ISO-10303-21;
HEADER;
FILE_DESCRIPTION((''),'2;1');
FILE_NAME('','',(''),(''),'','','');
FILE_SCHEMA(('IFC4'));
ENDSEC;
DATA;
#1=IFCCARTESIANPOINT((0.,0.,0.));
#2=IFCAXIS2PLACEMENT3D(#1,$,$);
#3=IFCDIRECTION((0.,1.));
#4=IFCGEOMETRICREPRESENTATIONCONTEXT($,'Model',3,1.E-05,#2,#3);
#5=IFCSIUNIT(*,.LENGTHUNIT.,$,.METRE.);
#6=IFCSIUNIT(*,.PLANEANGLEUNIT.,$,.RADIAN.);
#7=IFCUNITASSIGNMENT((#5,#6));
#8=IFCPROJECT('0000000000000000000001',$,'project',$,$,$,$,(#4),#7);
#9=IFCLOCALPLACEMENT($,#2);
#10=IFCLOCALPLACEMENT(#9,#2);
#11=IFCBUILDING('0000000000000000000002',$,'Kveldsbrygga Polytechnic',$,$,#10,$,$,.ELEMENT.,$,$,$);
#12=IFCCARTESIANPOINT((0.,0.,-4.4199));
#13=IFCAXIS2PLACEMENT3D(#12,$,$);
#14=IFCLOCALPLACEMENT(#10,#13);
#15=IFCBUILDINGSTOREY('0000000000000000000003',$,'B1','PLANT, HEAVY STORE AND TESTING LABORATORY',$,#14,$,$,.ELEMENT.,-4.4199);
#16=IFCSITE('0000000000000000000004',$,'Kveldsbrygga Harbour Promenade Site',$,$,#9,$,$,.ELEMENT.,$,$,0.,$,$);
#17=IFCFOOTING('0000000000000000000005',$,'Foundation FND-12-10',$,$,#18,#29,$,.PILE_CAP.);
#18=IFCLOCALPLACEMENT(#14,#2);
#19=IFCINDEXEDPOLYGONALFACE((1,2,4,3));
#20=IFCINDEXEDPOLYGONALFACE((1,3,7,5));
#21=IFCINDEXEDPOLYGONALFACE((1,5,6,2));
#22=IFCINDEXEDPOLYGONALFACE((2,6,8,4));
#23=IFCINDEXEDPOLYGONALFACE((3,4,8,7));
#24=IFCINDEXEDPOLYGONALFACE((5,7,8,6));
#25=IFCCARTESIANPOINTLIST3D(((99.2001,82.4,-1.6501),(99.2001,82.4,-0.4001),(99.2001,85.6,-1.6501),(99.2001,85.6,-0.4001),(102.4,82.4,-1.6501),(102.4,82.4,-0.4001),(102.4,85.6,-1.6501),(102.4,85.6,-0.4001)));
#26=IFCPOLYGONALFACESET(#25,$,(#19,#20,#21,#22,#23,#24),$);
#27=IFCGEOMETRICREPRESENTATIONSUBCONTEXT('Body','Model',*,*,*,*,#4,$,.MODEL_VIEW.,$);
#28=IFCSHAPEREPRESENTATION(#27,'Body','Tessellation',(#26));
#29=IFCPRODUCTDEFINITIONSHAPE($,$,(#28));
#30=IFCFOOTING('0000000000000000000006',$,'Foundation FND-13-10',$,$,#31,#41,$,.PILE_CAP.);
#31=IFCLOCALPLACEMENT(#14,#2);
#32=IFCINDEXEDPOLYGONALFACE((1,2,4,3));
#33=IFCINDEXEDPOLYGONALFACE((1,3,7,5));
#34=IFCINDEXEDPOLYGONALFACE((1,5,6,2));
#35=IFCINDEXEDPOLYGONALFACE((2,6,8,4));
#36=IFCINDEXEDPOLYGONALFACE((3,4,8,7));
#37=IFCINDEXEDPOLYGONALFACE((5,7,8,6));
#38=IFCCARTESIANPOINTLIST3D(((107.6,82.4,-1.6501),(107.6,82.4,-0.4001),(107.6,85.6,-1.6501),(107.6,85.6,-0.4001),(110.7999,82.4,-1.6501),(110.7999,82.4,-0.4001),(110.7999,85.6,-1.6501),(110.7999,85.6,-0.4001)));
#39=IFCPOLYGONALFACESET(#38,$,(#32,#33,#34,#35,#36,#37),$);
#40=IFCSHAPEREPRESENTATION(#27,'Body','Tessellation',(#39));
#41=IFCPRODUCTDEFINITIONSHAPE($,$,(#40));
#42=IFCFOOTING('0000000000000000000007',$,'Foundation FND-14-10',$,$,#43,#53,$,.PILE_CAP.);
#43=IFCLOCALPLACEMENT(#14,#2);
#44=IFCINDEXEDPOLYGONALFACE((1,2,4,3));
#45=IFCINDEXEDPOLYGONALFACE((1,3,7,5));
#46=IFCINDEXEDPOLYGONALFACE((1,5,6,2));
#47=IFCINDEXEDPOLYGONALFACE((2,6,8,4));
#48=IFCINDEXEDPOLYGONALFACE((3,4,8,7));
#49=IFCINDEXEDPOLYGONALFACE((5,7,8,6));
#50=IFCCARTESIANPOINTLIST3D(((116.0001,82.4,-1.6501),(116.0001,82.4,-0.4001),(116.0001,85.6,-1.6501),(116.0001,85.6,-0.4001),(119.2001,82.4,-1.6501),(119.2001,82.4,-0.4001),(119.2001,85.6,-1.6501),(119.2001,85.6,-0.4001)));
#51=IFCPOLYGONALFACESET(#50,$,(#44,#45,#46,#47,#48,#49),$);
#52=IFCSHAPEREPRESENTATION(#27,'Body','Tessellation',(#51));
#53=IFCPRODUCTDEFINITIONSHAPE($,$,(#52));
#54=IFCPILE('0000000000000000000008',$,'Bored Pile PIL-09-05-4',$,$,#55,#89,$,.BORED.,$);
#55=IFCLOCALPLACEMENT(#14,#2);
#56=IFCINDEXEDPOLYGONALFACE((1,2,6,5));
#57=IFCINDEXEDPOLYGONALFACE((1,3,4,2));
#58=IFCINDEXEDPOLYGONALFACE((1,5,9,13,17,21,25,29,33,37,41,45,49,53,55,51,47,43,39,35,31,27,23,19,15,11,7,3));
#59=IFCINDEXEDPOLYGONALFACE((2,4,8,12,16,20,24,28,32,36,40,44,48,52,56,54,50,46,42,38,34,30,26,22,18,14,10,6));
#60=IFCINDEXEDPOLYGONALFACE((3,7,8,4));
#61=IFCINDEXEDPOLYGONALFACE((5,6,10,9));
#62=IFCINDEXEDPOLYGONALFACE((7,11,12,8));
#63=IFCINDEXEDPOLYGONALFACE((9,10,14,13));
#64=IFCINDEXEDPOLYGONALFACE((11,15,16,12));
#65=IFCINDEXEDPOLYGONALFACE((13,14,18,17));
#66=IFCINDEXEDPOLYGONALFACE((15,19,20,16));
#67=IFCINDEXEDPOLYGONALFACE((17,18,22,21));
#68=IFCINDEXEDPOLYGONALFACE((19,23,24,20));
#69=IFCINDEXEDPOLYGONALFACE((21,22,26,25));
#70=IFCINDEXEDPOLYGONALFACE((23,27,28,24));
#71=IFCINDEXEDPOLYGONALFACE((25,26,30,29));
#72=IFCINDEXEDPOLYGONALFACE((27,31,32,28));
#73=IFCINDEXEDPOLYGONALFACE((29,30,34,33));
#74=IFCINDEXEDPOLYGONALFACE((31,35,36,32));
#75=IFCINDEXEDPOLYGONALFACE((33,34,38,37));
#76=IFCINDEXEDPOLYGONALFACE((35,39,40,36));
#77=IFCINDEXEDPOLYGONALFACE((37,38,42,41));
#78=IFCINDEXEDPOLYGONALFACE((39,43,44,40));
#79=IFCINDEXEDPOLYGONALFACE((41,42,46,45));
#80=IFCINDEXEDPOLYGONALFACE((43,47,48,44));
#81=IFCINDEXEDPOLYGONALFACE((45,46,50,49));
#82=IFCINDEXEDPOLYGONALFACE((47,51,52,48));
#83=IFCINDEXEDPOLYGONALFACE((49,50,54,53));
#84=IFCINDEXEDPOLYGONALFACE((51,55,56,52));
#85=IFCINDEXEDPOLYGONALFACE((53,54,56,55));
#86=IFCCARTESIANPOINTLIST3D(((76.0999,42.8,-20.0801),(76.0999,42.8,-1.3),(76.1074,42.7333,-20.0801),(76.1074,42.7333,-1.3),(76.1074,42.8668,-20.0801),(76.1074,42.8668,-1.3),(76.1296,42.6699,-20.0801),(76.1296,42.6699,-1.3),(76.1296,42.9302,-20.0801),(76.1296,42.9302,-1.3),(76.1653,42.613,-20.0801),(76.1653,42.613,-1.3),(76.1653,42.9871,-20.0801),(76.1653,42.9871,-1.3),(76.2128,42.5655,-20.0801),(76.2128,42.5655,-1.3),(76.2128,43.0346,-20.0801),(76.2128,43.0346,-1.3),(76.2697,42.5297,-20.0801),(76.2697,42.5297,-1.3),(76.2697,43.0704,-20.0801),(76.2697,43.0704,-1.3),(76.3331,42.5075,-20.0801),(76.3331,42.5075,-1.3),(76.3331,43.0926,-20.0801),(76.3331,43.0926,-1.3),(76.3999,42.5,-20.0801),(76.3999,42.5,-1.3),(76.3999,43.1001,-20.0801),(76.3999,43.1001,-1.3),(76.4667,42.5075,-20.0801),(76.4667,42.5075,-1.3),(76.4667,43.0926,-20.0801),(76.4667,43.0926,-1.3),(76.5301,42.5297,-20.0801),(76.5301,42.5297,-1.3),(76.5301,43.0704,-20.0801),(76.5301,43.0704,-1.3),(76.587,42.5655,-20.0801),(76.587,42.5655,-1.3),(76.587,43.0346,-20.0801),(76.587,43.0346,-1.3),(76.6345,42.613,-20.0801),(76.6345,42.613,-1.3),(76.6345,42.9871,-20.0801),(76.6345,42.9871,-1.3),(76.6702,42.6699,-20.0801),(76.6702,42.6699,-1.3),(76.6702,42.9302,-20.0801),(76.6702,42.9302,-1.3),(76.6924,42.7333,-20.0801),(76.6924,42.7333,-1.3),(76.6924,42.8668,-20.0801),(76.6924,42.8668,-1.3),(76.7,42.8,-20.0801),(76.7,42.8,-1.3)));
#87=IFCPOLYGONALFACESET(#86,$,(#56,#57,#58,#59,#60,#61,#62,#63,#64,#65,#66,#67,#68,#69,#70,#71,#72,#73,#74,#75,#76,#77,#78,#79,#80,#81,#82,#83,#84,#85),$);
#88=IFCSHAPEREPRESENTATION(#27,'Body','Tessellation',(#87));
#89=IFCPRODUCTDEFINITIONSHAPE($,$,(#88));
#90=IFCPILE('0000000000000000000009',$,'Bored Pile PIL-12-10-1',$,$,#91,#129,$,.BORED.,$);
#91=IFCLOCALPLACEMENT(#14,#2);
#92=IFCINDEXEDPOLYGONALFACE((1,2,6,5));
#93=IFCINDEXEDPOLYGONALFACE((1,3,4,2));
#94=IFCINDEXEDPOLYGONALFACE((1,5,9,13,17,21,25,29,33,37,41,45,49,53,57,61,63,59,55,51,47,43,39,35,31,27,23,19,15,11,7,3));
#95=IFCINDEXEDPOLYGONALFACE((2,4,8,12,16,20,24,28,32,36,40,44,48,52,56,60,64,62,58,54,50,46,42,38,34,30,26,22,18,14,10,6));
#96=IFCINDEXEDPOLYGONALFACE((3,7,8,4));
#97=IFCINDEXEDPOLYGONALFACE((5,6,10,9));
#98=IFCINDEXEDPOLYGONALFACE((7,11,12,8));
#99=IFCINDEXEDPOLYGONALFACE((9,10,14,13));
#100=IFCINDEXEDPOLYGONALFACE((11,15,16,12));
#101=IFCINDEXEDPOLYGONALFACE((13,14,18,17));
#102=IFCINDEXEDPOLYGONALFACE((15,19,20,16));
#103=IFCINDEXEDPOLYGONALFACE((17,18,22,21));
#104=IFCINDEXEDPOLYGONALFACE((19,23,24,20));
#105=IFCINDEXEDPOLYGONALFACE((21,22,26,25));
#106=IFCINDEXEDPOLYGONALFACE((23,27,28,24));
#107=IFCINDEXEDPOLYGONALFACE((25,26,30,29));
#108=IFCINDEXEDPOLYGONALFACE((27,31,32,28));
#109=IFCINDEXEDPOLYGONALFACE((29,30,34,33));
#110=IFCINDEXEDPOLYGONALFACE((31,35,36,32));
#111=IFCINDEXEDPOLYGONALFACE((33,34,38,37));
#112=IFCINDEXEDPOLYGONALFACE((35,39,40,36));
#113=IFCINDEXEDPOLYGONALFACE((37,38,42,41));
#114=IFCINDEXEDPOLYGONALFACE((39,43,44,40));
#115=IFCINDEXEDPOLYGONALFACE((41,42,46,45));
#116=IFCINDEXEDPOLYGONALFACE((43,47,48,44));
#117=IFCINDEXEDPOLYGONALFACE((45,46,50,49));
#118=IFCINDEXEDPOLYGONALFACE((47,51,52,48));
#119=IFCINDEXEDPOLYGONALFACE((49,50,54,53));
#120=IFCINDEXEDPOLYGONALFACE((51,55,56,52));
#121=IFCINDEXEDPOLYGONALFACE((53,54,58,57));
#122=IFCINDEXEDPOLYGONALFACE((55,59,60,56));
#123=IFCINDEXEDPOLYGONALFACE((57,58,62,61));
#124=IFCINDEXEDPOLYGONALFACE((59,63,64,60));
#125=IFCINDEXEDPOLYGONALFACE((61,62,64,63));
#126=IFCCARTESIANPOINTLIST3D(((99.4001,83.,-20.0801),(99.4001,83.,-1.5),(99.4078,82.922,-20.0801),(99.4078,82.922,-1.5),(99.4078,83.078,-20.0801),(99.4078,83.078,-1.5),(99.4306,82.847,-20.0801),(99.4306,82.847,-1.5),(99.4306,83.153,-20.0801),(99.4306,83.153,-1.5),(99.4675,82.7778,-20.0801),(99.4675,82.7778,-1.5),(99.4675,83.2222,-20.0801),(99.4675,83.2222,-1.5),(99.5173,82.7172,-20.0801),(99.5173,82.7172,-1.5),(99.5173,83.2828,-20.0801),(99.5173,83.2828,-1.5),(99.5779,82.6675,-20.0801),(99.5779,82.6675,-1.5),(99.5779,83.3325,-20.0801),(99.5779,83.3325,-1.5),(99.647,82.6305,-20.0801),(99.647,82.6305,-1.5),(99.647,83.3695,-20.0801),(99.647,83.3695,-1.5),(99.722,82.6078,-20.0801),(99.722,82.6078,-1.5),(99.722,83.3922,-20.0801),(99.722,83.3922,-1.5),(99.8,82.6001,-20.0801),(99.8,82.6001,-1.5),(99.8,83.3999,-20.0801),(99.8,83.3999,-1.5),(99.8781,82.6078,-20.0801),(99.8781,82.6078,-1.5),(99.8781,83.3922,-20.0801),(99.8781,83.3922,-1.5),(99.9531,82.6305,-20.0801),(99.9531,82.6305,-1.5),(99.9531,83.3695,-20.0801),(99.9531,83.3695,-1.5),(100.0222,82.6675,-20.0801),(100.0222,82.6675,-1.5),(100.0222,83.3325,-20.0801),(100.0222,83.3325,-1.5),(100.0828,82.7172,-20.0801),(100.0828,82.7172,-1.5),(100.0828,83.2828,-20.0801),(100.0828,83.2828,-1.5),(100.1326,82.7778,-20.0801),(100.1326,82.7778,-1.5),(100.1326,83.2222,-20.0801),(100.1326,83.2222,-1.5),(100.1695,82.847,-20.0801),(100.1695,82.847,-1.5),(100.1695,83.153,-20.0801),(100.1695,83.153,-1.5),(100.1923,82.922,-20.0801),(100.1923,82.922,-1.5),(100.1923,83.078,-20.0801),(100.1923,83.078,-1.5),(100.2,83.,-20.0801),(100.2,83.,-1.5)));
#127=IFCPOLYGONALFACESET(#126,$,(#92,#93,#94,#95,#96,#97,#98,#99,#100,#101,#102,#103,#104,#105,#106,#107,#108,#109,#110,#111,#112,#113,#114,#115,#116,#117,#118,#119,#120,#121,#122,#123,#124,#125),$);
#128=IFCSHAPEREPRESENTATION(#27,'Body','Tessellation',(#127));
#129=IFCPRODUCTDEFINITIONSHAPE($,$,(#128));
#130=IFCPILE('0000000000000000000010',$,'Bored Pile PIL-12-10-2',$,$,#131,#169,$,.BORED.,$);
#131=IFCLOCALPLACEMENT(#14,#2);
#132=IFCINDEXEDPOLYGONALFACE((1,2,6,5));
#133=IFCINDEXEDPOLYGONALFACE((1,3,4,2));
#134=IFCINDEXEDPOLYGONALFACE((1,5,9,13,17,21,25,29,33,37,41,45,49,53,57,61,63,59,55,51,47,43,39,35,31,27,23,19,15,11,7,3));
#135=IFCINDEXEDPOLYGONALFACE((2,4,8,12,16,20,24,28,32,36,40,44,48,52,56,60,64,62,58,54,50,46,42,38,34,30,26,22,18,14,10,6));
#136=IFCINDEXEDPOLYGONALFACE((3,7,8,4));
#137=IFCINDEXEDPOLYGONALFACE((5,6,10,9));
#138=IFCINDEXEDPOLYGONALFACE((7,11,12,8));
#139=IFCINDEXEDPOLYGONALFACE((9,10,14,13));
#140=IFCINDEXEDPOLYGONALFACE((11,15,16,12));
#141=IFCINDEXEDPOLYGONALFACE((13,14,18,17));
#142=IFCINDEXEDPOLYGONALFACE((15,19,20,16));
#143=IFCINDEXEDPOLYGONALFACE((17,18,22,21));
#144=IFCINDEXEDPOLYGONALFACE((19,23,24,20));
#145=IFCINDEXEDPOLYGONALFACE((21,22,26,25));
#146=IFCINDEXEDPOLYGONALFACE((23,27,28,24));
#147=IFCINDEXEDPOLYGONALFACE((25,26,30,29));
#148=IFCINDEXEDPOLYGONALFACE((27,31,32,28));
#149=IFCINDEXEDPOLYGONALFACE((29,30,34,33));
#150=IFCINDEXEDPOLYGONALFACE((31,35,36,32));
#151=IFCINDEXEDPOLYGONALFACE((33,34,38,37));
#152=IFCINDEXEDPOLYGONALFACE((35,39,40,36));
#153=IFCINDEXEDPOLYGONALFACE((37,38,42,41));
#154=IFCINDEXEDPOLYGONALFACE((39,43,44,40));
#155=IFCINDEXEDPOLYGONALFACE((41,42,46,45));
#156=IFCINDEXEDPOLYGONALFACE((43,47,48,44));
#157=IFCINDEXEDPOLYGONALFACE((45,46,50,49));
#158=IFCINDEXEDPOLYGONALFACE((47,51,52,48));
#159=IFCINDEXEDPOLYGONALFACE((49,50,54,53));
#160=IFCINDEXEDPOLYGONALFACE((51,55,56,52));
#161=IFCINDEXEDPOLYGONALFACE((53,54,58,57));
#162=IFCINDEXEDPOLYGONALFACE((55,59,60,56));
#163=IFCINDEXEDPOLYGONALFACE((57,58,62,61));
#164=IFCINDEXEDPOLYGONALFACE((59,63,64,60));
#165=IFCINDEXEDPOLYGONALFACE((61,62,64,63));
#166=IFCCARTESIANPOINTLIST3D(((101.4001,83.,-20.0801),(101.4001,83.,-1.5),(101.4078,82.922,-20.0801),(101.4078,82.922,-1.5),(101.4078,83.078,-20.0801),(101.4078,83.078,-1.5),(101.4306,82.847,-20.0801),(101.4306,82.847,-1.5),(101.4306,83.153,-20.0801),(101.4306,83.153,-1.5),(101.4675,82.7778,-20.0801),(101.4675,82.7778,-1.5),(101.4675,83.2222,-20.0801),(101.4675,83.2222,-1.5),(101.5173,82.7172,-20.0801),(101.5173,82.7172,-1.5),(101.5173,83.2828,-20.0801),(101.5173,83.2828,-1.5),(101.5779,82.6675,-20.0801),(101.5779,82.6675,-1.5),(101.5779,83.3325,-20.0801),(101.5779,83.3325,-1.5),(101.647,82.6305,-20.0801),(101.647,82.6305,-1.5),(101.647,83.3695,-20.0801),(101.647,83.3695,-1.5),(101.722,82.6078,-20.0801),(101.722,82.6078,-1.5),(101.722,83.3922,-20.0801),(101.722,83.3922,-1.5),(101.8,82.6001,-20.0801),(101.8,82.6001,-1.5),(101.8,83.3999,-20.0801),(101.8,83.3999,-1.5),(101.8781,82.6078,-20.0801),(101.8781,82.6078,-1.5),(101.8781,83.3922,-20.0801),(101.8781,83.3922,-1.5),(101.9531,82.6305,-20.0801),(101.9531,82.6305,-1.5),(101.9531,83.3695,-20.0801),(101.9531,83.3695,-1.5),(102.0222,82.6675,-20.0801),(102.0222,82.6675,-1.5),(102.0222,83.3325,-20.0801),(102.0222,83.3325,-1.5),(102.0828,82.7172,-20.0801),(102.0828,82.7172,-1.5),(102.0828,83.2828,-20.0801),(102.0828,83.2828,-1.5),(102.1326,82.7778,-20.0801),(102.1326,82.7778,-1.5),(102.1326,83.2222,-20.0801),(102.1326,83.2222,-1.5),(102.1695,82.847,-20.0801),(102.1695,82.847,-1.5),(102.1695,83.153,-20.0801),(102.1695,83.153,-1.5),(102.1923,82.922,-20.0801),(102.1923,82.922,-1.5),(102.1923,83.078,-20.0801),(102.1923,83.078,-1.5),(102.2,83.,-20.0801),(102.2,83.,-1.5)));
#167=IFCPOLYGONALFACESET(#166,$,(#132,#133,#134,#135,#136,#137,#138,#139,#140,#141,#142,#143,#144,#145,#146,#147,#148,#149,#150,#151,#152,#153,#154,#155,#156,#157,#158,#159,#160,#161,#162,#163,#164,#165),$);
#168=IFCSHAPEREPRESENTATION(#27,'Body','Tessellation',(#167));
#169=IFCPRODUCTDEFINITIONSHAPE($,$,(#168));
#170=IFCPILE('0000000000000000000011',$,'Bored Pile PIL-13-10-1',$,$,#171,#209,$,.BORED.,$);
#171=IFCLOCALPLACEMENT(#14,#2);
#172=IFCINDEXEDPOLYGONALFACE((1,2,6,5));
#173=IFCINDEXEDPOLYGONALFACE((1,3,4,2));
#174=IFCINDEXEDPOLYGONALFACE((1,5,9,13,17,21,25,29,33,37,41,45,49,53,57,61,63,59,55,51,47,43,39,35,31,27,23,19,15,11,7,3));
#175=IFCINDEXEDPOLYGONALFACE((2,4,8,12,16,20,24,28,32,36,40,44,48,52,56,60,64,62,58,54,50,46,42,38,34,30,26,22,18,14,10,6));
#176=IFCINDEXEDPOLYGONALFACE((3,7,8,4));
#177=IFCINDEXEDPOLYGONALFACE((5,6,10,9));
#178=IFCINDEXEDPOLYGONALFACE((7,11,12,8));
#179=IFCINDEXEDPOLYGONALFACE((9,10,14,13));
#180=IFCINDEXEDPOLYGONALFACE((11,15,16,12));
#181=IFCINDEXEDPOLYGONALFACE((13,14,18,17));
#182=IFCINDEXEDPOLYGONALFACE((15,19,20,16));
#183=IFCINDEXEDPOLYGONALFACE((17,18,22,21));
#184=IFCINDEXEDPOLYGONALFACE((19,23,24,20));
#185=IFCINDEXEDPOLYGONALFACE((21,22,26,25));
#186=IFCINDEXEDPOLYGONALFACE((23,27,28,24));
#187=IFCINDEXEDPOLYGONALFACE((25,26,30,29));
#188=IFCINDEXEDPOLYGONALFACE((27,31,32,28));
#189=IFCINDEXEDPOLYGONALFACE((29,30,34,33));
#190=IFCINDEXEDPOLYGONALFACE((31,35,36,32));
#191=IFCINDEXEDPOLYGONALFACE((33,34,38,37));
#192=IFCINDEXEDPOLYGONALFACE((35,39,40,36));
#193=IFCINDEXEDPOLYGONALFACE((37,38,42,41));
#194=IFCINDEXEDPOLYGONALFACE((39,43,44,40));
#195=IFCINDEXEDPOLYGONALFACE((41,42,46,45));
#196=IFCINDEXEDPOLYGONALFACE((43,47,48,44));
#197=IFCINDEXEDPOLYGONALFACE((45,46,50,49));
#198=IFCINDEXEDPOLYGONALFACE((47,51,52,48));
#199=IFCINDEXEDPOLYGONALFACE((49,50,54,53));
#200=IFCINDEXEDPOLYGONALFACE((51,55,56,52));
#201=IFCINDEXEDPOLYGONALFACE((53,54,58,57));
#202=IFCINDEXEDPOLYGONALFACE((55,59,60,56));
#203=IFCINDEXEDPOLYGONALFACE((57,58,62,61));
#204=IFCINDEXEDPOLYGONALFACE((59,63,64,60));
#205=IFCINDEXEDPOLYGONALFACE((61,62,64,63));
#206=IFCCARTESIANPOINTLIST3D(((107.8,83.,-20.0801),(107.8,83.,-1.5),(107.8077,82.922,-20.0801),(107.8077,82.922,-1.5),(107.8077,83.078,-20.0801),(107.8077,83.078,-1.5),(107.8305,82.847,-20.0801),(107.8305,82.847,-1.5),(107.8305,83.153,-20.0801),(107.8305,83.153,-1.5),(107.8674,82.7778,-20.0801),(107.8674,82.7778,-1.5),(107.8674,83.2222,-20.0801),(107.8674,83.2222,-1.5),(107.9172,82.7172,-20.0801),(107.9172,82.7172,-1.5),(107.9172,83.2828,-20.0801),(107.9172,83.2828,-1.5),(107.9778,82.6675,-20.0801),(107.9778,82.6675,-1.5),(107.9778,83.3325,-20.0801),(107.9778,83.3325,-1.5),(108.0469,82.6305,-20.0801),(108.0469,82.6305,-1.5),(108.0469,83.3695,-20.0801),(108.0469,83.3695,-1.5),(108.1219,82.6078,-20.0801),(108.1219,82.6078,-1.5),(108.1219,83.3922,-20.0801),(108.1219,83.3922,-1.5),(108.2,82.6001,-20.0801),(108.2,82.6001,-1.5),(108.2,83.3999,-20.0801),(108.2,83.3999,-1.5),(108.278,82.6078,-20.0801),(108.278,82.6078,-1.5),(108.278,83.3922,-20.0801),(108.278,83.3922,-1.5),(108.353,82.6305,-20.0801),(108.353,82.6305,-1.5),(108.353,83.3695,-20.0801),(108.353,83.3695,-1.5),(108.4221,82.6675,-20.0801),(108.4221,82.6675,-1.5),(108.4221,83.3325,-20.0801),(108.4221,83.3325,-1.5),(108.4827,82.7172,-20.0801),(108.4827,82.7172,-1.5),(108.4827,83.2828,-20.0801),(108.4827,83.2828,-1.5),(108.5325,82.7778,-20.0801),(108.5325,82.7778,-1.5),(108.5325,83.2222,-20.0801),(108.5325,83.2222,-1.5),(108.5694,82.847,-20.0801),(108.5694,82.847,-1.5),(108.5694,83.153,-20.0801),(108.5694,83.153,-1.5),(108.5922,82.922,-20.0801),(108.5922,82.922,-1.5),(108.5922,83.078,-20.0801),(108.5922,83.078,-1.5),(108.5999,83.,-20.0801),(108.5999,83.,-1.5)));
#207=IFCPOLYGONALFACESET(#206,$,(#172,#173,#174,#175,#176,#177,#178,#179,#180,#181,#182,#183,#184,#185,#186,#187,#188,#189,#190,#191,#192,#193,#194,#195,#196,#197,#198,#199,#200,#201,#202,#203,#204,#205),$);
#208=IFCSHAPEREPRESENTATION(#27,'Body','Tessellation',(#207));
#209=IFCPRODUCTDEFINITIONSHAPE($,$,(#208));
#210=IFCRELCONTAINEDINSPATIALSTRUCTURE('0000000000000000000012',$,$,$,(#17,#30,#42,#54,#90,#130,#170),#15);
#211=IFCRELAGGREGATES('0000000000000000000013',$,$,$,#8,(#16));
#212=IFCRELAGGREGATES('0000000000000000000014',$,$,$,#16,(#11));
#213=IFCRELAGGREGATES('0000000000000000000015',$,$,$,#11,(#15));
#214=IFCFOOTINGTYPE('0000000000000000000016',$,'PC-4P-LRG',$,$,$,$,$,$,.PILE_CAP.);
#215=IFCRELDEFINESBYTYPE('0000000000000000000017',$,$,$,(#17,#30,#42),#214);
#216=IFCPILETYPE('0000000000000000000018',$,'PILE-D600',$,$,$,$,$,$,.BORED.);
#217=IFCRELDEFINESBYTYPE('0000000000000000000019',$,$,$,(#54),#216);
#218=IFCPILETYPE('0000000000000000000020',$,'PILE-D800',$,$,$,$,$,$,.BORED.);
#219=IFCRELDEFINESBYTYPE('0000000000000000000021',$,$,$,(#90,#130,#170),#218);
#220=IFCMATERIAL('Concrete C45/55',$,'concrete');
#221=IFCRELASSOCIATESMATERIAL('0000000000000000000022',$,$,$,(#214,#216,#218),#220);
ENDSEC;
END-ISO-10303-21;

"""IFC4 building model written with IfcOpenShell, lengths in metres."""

from ifc_helpers import new_model, si_unit, direction, frame, origin, origin_2d, place, context, subcontext, project, spatial, rectangle, circle, extrude, material, material_profile, profile_set, type_object, element, save


model = new_model("IFC4")

# Units and contexts
model_context = context("Model", 3, precision=1e-05, world=origin(), true_north=direction((0.0, 1.0)))
body_context = subcontext(model_context, "Body", "Model", "MODEL_VIEW")
ifc_project = project(units=[si_unit("LENGTHUNIT", "METRE"), si_unit("PLANEANGLEUNIT", "RADIAN")], contexts=[model_context])

# Site, building, storey
site_placement = place(None, origin())
site = spatial("IfcSite", under=ifc_project, at=site_placement, Name="Kveldsbrygga Harbour Promenade Site", CompositionType="ELEMENT", RefElevation=0.0)
building_placement = place(site_placement, origin())
building = spatial("IfcBuilding", under=site, at=building_placement, Name="Kveldsbrygga Polytechnic", CompositionType="ELEMENT")
storey_placement = place(building_placement, frame((0.0, 0.0, -4.4199)))
storey = spatial("IfcBuildingStorey", under=building, at=storey_placement, Name="B1", Description="PLANT, HEAVY STORE AND TESTING LABORATORY", CompositionType="ELEMENT", Elevation=-4.4199)

# Footings
ifc_material_1 = material(Name="Concrete C45/55", Category="concrete")
footing_type = type_object("IfcFootingType", Name="PC-4P-LRG", PredefinedType="PILE_CAP", material=ifc_material_1)
for number, where, z_axis, x_axis, name in (
    (1, (100.8, 84.0, -1.6501), (0.0, 0.0, 1.0), (1.0, 0.0, 0.0), "Foundation FND-12-10"),
    (2, (109.2, 84.0, -1.6501), (0.0, 0.0, 1.0), (1.0, 0.0, 0.0), "Foundation FND-13-10"),
    (3, (117.6001, 84.0, -1.6501), (0.0, 0.0, 1.0), (1.0, 0.0, 0.0), "Foundation FND-14-10"),
):
    element("IfcFooting", number, at=place(storey_placement, frame(where, z_axis=z_axis, x_axis=x_axis)), inside=storey, type_object=footing_type, Name=name, PredefinedType="PILE_CAP", context=body_context, shape_type="SweptSolid", body=[
        extrude(rectangle(XDim=3.2, YDim=3.2, at=origin_2d()), origin(), (0.0, 0.0, 1.0), 1.25),
    ])

# Piles
ifc_material_profile_1 = material_profile(ifc_material_1, circle(Radius=0.3, at=origin_2d()), Name="PILE D600")
ifc_profile_set_1 = profile_set([ifc_material_profile_1], Name="Concrete C45/55")
pile_type_1 = type_object("IfcPileType", Name="PILE-D600", PredefinedType="BORED", material=ifc_profile_set_1)
pile_placement = place(storey_placement, frame((76.3999, 42.8, -1.3), z_axis=(0.0, 0.0, -1.0), x_axis=(1.0, 0.0, 0.0)))
element("IfcPile", 4, at=pile_placement, inside=storey, type_object=pile_type_1, Name="Bored Pile PIL-09-05-4", PredefinedType="BORED", context=body_context, shape_type="SweptSolid", body=[
    extrude(circle(Radius=0.3, at=origin_2d()), origin(), (0.0, 0.0, 1.0), 18.78),
])
ifc_material_profile_2 = material_profile(ifc_material_1, circle(Radius=0.3999, at=origin_2d()), Name="PILE D800")
ifc_profile_set_2 = profile_set([ifc_material_profile_2], Name="Concrete C45/55")
pile_type_2 = type_object("IfcPileType", Name="PILE-D800", PredefinedType="BORED", material=ifc_profile_set_2)
for number, where, z_axis, x_axis, name in (
    (5, (99.8, 83.0, -1.5), (0.0, 0.0, -1.0), (1.0, 0.0, 0.0), "Bored Pile PIL-12-10-1"),
    (6, (101.8, 83.0, -1.5), (0.0, 0.0, -1.0), (1.0, 0.0, 0.0), "Bored Pile PIL-12-10-2"),
    (7, (108.2, 83.0, -1.5), (0.0, 0.0, -1.0), (1.0, 0.0, 0.0), "Bored Pile PIL-13-10-1"),
):
    element("IfcPile", number, at=place(storey_placement, frame(where, z_axis=z_axis, x_axis=x_axis)), inside=storey, type_object=pile_type_2, Name=name, PredefinedType="BORED", context=body_context, shape_type="SweptSolid", body=[
        extrude(circle(Radius=0.3999, at=origin_2d()), origin(), (0.0, 0.0, 1.0), 18.5801),
    ])

save(model, "model.ifc")
